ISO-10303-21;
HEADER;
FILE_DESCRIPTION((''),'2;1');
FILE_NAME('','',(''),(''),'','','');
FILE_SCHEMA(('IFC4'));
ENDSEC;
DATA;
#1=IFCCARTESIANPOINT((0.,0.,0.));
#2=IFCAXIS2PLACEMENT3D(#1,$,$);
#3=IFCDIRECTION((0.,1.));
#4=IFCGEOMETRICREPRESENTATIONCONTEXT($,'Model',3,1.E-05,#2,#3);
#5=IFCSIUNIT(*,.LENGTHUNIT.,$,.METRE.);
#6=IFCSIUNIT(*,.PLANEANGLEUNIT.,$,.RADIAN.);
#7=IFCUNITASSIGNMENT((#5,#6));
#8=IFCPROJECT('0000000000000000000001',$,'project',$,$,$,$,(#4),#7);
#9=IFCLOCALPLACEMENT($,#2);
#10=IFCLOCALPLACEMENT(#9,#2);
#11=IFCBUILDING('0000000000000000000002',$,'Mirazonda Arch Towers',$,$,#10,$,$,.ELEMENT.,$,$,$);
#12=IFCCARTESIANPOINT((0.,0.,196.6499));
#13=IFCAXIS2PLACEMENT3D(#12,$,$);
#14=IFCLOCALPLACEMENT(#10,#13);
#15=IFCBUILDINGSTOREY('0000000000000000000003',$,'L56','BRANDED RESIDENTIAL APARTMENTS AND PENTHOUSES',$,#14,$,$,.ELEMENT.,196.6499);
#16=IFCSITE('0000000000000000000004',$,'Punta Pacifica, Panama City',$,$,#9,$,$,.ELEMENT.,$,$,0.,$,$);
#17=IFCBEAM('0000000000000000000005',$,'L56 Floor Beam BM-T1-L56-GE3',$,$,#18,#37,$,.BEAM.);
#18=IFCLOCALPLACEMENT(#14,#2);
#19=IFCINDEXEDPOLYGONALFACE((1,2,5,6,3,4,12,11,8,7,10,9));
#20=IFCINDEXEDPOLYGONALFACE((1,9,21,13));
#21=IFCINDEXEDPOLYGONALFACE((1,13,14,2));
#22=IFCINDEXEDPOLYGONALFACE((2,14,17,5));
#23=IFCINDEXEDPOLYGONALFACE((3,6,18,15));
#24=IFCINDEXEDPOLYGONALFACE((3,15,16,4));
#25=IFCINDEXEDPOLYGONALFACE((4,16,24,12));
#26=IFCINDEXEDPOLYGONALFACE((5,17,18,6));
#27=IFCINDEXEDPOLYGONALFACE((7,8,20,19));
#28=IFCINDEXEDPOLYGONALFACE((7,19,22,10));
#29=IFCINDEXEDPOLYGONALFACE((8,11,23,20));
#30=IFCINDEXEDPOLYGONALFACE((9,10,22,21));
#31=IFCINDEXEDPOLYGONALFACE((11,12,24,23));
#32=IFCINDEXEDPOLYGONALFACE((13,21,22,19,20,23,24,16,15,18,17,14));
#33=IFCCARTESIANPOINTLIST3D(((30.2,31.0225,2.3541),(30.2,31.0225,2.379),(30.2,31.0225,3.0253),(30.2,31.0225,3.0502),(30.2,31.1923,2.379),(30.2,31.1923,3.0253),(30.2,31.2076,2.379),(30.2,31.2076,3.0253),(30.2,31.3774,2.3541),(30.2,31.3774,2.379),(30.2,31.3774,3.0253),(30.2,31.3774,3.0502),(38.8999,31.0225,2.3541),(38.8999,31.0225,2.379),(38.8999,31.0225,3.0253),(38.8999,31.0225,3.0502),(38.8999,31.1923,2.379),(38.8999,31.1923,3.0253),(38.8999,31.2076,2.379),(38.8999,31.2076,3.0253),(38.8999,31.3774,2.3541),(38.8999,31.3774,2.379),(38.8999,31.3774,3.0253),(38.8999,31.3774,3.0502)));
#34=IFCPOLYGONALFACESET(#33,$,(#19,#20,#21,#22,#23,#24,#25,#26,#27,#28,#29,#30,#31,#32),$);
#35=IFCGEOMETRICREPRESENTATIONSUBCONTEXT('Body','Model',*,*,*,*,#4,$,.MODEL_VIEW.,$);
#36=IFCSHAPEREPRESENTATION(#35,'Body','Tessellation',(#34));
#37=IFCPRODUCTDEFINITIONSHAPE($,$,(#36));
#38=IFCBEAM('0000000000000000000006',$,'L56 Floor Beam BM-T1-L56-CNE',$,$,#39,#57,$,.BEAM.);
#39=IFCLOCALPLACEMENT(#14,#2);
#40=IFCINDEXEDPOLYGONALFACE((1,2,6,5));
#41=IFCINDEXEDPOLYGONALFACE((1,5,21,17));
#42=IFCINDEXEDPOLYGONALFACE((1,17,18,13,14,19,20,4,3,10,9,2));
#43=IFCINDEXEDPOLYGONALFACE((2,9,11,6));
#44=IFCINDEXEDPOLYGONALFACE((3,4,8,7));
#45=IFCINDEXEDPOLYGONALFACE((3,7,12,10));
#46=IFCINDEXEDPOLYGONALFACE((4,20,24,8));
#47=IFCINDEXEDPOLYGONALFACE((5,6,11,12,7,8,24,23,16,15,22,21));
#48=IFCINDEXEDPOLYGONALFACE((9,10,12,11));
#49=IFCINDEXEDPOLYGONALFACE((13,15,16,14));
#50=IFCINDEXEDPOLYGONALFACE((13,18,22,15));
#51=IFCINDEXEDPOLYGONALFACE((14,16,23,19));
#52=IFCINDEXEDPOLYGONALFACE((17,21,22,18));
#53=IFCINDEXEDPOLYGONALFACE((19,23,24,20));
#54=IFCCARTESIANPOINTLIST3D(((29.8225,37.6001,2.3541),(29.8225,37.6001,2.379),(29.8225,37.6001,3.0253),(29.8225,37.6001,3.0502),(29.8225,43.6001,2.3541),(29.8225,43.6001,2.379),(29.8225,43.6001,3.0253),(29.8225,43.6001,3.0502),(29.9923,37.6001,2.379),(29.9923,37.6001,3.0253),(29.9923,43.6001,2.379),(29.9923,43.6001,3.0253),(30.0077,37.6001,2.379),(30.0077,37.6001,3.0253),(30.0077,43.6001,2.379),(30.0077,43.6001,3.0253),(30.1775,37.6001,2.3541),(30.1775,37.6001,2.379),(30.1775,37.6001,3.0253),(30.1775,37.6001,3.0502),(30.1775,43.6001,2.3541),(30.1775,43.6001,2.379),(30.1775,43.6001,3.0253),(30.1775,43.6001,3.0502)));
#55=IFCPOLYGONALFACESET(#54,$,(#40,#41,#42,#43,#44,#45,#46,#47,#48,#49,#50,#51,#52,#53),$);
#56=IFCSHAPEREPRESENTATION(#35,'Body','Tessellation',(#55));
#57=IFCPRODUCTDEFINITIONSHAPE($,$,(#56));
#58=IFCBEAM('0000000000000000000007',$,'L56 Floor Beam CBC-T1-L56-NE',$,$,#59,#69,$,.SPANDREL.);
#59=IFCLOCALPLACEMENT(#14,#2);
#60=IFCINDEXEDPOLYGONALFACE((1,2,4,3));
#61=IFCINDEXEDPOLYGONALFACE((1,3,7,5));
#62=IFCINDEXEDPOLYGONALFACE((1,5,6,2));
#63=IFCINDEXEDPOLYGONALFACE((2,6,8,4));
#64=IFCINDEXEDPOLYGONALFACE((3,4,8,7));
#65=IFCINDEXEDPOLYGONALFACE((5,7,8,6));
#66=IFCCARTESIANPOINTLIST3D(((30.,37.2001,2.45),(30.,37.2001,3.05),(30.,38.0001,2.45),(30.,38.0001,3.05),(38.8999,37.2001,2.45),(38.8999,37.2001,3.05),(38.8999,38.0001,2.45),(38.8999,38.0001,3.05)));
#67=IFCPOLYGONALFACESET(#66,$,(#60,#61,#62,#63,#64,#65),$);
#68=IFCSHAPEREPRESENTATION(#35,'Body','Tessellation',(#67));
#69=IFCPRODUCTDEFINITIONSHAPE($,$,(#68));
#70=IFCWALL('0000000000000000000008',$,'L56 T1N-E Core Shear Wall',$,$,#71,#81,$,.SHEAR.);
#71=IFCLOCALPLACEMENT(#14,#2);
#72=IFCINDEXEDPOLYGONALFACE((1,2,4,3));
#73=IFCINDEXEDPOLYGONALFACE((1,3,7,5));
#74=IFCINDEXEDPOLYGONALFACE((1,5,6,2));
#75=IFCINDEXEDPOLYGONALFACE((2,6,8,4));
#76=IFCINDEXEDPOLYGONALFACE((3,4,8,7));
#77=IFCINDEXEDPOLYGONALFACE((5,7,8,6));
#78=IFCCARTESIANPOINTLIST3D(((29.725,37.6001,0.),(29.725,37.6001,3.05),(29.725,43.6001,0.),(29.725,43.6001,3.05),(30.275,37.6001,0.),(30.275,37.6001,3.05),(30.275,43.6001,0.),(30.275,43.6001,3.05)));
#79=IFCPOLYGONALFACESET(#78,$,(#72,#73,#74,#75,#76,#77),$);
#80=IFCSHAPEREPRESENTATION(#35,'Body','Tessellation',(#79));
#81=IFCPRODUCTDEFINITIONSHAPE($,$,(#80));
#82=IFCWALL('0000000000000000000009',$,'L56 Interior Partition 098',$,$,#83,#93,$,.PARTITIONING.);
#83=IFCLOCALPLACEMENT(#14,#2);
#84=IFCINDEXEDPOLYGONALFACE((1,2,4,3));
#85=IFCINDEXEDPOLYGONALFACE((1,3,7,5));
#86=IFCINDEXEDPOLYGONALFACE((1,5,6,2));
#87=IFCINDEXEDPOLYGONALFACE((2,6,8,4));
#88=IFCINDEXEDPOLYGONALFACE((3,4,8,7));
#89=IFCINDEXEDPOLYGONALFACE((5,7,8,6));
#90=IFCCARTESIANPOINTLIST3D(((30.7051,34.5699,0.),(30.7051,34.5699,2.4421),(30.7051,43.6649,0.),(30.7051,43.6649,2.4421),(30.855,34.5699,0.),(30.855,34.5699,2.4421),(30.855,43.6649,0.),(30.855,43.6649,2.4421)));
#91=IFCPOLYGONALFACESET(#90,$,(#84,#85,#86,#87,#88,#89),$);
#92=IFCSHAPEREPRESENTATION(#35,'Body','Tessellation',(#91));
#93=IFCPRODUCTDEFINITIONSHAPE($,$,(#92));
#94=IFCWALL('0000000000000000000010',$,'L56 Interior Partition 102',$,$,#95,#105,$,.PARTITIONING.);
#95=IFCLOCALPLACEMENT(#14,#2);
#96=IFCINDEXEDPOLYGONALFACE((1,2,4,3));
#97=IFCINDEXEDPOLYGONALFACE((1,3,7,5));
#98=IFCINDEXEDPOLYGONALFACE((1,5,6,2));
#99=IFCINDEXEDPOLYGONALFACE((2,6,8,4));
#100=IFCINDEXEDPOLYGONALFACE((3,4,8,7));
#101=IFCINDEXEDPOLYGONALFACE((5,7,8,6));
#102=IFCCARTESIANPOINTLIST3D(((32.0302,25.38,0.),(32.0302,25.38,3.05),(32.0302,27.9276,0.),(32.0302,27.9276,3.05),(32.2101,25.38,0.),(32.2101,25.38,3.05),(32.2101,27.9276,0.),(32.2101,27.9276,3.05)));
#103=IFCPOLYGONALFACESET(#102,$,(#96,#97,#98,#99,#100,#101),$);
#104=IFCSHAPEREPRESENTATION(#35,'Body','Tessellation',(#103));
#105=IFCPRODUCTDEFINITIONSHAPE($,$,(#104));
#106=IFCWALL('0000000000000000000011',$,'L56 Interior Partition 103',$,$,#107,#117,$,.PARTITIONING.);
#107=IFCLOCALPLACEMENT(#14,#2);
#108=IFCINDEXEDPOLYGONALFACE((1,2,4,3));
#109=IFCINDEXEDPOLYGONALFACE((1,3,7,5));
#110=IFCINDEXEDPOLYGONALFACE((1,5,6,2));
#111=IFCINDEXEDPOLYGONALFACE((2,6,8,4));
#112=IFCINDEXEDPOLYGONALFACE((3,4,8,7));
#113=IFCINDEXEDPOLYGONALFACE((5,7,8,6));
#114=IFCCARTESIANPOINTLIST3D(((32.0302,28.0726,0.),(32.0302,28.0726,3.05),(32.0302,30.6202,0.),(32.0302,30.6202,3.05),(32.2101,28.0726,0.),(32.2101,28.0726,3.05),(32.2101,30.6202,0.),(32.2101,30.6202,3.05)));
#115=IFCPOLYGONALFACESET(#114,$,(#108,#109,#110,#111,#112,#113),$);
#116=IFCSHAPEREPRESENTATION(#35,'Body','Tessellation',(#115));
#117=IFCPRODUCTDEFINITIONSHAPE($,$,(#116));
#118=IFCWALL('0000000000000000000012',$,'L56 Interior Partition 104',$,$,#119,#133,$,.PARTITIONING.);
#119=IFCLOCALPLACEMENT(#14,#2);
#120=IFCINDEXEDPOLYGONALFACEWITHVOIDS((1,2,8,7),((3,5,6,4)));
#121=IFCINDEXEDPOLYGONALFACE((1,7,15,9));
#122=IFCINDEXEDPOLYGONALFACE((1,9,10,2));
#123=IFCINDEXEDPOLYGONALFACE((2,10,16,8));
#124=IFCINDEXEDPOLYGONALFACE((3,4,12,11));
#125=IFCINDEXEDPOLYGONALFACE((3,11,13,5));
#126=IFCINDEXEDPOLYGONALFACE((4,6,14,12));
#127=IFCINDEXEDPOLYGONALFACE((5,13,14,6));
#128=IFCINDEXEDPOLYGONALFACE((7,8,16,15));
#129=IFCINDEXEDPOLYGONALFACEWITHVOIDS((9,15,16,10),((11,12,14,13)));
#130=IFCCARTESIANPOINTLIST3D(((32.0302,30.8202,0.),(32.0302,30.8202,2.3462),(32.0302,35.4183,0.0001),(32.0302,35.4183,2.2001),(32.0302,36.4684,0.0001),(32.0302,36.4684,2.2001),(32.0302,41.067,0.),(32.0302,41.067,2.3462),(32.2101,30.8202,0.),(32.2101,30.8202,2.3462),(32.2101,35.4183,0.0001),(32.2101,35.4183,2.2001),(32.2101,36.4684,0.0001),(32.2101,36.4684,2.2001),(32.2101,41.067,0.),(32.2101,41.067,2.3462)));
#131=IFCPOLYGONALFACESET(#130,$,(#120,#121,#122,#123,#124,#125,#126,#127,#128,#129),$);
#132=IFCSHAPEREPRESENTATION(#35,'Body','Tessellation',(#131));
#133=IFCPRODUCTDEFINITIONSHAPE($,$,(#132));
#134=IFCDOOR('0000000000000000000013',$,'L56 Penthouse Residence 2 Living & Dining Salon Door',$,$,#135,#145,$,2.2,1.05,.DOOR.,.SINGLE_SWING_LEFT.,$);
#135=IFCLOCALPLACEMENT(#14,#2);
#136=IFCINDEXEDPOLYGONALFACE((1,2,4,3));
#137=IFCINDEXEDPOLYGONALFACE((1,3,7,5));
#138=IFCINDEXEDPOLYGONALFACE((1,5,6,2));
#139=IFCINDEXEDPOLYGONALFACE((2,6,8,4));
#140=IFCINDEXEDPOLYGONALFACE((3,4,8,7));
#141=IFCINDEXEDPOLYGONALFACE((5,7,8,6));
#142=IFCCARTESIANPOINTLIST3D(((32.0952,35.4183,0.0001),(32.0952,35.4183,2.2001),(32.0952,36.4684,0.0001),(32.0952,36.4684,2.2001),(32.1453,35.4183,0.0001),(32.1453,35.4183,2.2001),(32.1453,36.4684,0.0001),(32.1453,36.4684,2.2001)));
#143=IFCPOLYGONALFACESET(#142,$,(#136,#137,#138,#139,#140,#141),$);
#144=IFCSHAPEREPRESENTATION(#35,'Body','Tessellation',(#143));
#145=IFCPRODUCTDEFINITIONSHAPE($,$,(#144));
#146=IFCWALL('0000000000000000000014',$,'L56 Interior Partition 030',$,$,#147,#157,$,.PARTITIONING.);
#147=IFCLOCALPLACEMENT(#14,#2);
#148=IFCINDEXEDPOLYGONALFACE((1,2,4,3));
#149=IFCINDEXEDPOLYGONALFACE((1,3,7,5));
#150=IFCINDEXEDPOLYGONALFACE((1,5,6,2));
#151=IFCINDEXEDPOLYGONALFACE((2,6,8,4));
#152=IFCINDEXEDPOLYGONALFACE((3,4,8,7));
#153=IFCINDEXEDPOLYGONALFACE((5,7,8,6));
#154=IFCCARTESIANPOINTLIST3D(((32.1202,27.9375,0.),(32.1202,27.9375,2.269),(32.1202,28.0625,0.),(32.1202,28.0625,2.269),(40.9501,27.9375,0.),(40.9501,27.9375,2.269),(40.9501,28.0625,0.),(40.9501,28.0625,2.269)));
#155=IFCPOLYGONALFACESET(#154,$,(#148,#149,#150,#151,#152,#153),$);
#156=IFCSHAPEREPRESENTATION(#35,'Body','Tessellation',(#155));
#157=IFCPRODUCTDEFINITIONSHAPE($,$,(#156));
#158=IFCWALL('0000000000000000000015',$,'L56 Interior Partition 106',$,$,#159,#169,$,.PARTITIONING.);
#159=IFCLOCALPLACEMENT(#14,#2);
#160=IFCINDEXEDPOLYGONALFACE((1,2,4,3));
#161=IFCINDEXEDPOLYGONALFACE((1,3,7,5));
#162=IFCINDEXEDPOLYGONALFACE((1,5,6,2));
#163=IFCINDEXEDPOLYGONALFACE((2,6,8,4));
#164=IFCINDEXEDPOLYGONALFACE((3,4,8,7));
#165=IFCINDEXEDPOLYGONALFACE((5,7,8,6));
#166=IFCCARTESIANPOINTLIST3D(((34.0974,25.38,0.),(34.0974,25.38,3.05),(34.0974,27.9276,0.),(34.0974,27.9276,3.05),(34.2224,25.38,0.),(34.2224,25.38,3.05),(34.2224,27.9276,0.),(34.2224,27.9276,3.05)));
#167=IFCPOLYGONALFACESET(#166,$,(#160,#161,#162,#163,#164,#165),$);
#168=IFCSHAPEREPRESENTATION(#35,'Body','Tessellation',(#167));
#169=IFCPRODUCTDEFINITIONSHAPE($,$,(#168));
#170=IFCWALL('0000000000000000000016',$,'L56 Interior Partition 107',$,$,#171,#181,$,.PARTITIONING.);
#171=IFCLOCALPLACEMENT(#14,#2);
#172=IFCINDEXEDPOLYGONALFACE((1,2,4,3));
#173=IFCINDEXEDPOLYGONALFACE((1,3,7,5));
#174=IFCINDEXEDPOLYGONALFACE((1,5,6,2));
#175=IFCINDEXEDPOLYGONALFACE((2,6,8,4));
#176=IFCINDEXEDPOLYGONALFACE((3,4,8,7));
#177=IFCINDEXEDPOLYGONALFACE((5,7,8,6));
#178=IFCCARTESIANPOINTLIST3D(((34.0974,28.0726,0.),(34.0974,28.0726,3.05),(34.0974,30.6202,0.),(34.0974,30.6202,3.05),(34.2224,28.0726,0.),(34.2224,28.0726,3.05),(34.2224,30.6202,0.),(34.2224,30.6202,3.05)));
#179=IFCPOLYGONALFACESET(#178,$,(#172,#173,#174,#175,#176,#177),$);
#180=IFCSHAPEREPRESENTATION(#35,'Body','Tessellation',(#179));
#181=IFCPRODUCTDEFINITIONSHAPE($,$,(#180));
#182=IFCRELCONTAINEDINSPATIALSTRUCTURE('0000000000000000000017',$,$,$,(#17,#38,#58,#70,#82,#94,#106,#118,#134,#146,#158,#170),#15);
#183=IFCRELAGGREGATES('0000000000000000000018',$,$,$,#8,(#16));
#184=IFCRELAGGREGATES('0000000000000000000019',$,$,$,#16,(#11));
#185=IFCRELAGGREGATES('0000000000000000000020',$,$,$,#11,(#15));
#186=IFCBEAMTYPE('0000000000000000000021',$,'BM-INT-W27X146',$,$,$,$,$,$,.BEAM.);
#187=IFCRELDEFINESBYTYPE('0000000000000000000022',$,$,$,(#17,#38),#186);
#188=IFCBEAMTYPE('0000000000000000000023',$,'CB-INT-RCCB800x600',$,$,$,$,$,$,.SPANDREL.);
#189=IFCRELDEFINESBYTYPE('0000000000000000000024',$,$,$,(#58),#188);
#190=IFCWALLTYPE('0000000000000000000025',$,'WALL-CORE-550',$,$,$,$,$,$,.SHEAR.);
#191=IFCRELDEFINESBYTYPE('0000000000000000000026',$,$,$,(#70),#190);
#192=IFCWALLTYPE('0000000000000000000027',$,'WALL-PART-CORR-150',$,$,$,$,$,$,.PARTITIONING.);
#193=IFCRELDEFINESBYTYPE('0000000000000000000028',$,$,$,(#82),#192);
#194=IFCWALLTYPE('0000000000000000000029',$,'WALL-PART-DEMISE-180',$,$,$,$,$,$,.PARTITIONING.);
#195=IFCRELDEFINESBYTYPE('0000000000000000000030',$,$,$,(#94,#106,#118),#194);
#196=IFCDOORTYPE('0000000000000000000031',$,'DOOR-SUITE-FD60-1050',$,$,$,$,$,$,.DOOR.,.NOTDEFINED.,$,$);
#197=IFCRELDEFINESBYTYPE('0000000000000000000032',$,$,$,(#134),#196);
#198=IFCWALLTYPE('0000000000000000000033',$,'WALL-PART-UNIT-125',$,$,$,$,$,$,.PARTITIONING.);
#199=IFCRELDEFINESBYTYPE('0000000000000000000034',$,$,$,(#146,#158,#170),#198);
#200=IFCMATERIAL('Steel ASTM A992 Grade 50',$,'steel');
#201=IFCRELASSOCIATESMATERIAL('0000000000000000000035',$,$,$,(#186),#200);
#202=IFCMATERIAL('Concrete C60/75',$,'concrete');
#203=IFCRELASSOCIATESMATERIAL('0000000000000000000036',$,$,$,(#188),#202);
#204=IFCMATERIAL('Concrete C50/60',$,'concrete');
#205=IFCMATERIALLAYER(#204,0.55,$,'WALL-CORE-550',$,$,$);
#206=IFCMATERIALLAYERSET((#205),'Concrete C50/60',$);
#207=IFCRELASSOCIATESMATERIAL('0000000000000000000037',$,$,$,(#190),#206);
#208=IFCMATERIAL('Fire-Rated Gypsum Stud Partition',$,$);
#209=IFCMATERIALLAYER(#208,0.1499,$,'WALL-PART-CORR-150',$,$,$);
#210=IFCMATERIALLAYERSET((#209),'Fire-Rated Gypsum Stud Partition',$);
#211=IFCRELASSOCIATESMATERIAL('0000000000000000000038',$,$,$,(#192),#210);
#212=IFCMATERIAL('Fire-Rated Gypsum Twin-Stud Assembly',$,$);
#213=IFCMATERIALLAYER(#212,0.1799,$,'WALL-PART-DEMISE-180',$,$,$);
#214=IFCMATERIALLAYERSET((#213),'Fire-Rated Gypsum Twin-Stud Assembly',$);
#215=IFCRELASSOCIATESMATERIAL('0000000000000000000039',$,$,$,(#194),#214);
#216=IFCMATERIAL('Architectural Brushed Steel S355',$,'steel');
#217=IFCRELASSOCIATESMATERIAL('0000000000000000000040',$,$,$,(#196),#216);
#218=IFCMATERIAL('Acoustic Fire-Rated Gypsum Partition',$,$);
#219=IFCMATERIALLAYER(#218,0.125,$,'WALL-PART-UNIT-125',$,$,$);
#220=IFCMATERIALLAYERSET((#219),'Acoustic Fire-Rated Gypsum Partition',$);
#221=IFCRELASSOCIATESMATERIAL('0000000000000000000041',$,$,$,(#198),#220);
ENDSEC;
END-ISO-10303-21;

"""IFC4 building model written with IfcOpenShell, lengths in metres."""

from ifc_helpers import new_model, si_unit, direction, frame, frame_2d, origin, origin_2d, place, context, subcontext, project, spatial, rectangle, i_section, extrude, material, layer, layer_set, material_profile, profile_set, type_object, element, fill, save


model = new_model("IFC4")

# Units and contexts
model_context = context("Model", 3, precision=1e-05, world=origin(), true_north=direction((0.0, 1.0)))
body_context = subcontext(model_context, "Body", "Model", "MODEL_VIEW")
ifc_project = project(units=[si_unit("LENGTHUNIT", "METRE"), si_unit("PLANEANGLEUNIT", "RADIAN")], contexts=[model_context])

# Site, building, storey
site_placement = place(None, origin())
site = spatial("IfcSite", under=ifc_project, at=site_placement, Name="Punta Pacifica, Panama City", CompositionType="ELEMENT", RefElevation=0.0)
building_placement = place(site_placement, origin())
building = spatial("IfcBuilding", under=site, at=building_placement, Name="Mirazonda Arch Towers", CompositionType="ELEMENT")
storey_placement = place(building_placement, frame((0.0, 0.0, 196.6499)))
storey = spatial("IfcBuildingStorey", under=building, at=storey_placement, Name="L56", Description="BRANDED RESIDENTIAL APARTMENTS AND PENTHOUSES", CompositionType="ELEMENT", Elevation=196.6499)

# Beams
ifc_material_1 = material(Name="Steel ASTM A992 Grade 50", Category="steel")
ifc_material_profile_1 = material_profile(ifc_material_1, i_section(OverallWidth=0.355, OverallDepth=0.696, WebThickness=0.0154, FlangeThickness=0.0249, at=origin_2d()), Name="W27X146")
ifc_profile_set_1 = profile_set([ifc_material_profile_1], Name="Steel ASTM A992 Grade 50")
beam_type_1 = type_object("IfcBeamType", Name="BM-INT-W27X146", PredefinedType="BEAM", material=ifc_profile_set_1)
beam_1_placement = place(storey_placement, frame((30.2, 31.2, 2.7021), z_axis=(1.0, 0.0, 0.0), x_axis=(0.0, 1.0, 0.0)))
element("IfcBeam", 1, at=beam_1_placement, inside=storey, type_object=beam_type_1, Name="L56 Floor Beam BM-T1-L56-GE3", PredefinedType="BEAM", context=body_context, shape_type="SweptSolid", body=[
    extrude(i_section(OverallWidth=0.355, OverallDepth=0.696, WebThickness=0.0154, FlangeThickness=0.0249, at=origin_2d()), origin(), (0.0, 0.0, 1.0), 8.7),
])
beam_2_placement = place(storey_placement, frame((30.0, 37.6001, 2.7021), z_axis=(0.0, 1.0, 0.0), x_axis=(-1.0, 0.0, 0.0)))
element("IfcBeam", 2, at=beam_2_placement, inside=storey, type_object=beam_type_1, Name="L56 Floor Beam BM-T1-L56-CNE", PredefinedType="BEAM", context=body_context, shape_type="SweptSolid", body=[
    extrude(i_section(OverallWidth=0.355, OverallDepth=0.696, WebThickness=0.0154, FlangeThickness=0.0249, at=origin_2d()), origin(), (0.0, 0.0, 1.0), 6.0),
])
ifc_material_2 = material(Name="Concrete C60/75", Category="concrete")
ifc_material_profile_2 = material_profile(ifc_material_2, rectangle(XDim=0.8, YDim=0.6001, at=origin_2d()), Name="RCCB800x600")
ifc_profile_set_2 = profile_set([ifc_material_profile_2], Name="Concrete C60/75")
beam_type_2 = type_object("IfcBeamType", Name="CB-INT-RCCB800x600", PredefinedType="SPANDREL", material=ifc_profile_set_2)
beam_3_placement = place(storey_placement, frame((30.0, 37.6001, 2.75), z_axis=(1.0, 0.0, 0.0), x_axis=(0.0, 1.0, 0.0)))
element("IfcBeam", 3, at=beam_3_placement, inside=storey, type_object=beam_type_2, Name="L56 Floor Beam CBC-T1-L56-NE", PredefinedType="SPANDREL", context=body_context, shape_type="SweptSolid", body=[
    extrude(rectangle(XDim=0.8, YDim=0.6001, at=origin_2d()), origin(), (0.0, 0.0, 1.0), 8.8999),
])

# Walls
ifc_material_3 = material(Name="Concrete C50/60", Category="concrete")
ifc_layer_1 = layer(ifc_material_3, 0.55, Name="WALL-CORE-550")
ifc_layer_set_1 = layer_set([ifc_layer_1], Name="Concrete C50/60")
wall_type_1 = type_object("IfcWallType", Name="WALL-CORE-550", PredefinedType="SHEAR", material=ifc_layer_set_1)
wall_1_placement = place(storey_placement, frame((30.0, 37.6001, 0.0), z_axis=(0.0, 0.0, 1.0), x_axis=(0.0, 1.0, 0.0)))
element("IfcWall", 4, at=wall_1_placement, inside=storey, type_object=wall_type_1, Name="L56 T1N-E Core Shear Wall", PredefinedType="SHEAR", context=body_context, shape_type="SweptSolid", body=[
    extrude(rectangle(XDim=6.0, YDim=0.55, at=frame_2d((3.0, 0.0))), origin(), (0.0, 0.0, 1.0), 3.05),
])
ifc_material_4 = material(Name="Fire-Rated Gypsum Stud Partition")
ifc_layer_2 = layer(ifc_material_4, 0.1499, Name="WALL-PART-CORR-150")
ifc_layer_set_2 = layer_set([ifc_layer_2], Name="Fire-Rated Gypsum Stud Partition")
wall_type_2 = type_object("IfcWallType", Name="WALL-PART-CORR-150", PredefinedType="PARTITIONING", material=ifc_layer_set_2)
wall_2_placement = place(storey_placement, frame((30.78, 34.5701, 0.0), z_axis=(0.0, 0.0, 1.0), x_axis=(0.0, 1.0, 0.0)))
element("IfcWall", 5, at=wall_2_placement, inside=storey, type_object=wall_type_2, Name="L56 Interior Partition 098", PredefinedType="PARTITIONING", context=body_context, shape_type="SweptSolid", body=[
    extrude(rectangle(XDim=9.095, YDim=0.1499, at=frame_2d((4.5474, 0.0))), origin(), (0.0, 0.0, 1.0), 2.4421),
])

# Shared definitions
ifc_material_5 = material(Name="Fire-Rated Gypsum Twin-Stud Assembly")
ifc_layer_3 = layer(ifc_material_5, 0.1799, Name="WALL-PART-DEMISE-180")
ifc_layer_set_3 = layer_set([ifc_layer_3], Name="Fire-Rated Gypsum Twin-Stud Assembly")
wall_type_3 = type_object("IfcWallType", Name="WALL-PART-DEMISE-180", PredefinedType="PARTITIONING", material=ifc_layer_set_3)
ifc_material_6 = material(Name="Architectural Brushed Steel S355", Category="steel")

# Walls
for number, where, z_axis, x_axis, name in (
    (6, (32.1201, 25.3799, 0.0), (0.0, 0.0, 1.0), (0.0, 1.0, 0.0), "L56 Interior Partition 102"),
    (7, (32.1201, 28.0725, 0.0), (0.0, 0.0, 1.0), (0.0, 1.0, 0.0), "L56 Interior Partition 103"),
):
    element("IfcWall", number, at=place(storey_placement, frame(where, z_axis=z_axis, x_axis=x_axis)), inside=storey, type_object=wall_type_3, Name=name, PredefinedType="PARTITIONING", context=body_context, shape_type="SweptSolid", body=[
        extrude(rectangle(XDim=2.5476, YDim=0.1799, at=frame_2d((1.2739, 0.0))), origin(), (0.0, 0.0, 1.0), 3.05),
    ])

# Wall, opening, door
wall_3_placement = place(storey_placement, frame((32.1201, 30.8201, 0.0), z_axis=(0.0, 0.0, 1.0), x_axis=(0.0, 1.0, 0.0)))
wall_3 = element("IfcWall", 8, at=wall_3_placement, inside=storey, type_object=wall_type_3, Name="L56 Interior Partition 104", PredefinedType="PARTITIONING", context=body_context, shape_type="SweptSolid", body=[
    extrude(rectangle(XDim=10.2468, YDim=0.1799, at=frame_2d((5.1235, 0.0))), origin(), (0.0, 0.0, 1.0), 2.3462),
])
opening_1_placement = place(wall_3_placement, frame((4.5984, 0.0, 0.0)))
opening_1 = element("IfcOpeningElement", 9, at=opening_1_placement, cuts=wall_3, PredefinedType="OPENING", context=body_context, shape_type="SweptSolid", body=[
    extrude(rectangle(XDim=1.05, YDim=2.2, at=frame_2d((0.5249, 1.1001))), frame((0.0, 0.0999, 0.0), z_axis=(0.0, -1.0, 0.0), x_axis=(1.0, 0.0, 0.0)), (0.0, 0.0, 1.0), 0.2),
])
door_type_1 = type_object("IfcDoorType", Name="DOOR-SUITE-FD60-1050", OperationType="NOTDEFINED", PredefinedType="DOOR", material=ifc_material_6)
door_1_placement = place(opening_1_placement, origin())
door_1 = element("IfcDoor", 10, at=door_1_placement, inside=storey, type_object=door_type_1, Name="L56 Penthouse Residence 2 Living & Dining Salon Door", OperationType="SINGLE_SWING_LEFT", OverallHeight=2.2, OverallWidth=1.05, PredefinedType="DOOR", context=body_context, shape_type="SweptSolid", body=[
    extrude(rectangle(XDim=1.05, YDim=2.2, at=frame_2d((0.5249, 1.1001))), frame((0.0, 0.0249, 0.0), z_axis=(0.0, -1.0, 0.0), x_axis=(1.0, 0.0, 0.0)), (0.0, 0.0, 1.0), 0.05),
])
fill(opening_1, door_1)

# Walls
ifc_material_7 = material(Name="Acoustic Fire-Rated Gypsum Partition")
ifc_layer_4 = layer(ifc_material_7, 0.125, Name="WALL-PART-UNIT-125")
ifc_layer_set_4 = layer_set([ifc_layer_4], Name="Acoustic Fire-Rated Gypsum Partition")
wall_type_4 = type_object("IfcWallType", Name="WALL-PART-UNIT-125", PredefinedType="PARTITIONING", material=ifc_layer_set_4)
wall_4_placement = place(storey_placement, frame((32.1201, 28.0, 0.0), z_axis=(0.0, 0.0, 1.0), x_axis=(1.0, 0.0, 0.0)))
element("IfcWall", 11, at=wall_4_placement, inside=storey, type_object=wall_type_4, Name="L56 Interior Partition 030", PredefinedType="PARTITIONING", context=body_context, shape_type="SweptSolid", body=[
    extrude(rectangle(XDim=8.8298, YDim=0.125, at=frame_2d((4.415, 0.0))), origin(), (0.0, 0.0, 1.0), 2.269),
])
for number, where, z_axis, x_axis, name in (
    (12, (34.1599, 25.3799, 0.0), (0.0, 0.0, 1.0), (0.0, 1.0, 0.0), "L56 Interior Partition 106"),
    (13, (34.1599, 28.0725, 0.0), (0.0, 0.0, 1.0), (0.0, 1.0, 0.0), "L56 Interior Partition 107"),
):
    element("IfcWall", number, at=place(storey_placement, frame(where, z_axis=z_axis, x_axis=x_axis)), inside=storey, type_object=wall_type_4, Name=name, PredefinedType="PARTITIONING", context=body_context, shape_type="SweptSolid", body=[
        extrude(rectangle(XDim=2.5476, YDim=0.125, at=frame_2d((1.2739, 0.0))), origin(), (0.0, 0.0, 1.0), 3.05),
    ])

save(model, "model.ifc")
